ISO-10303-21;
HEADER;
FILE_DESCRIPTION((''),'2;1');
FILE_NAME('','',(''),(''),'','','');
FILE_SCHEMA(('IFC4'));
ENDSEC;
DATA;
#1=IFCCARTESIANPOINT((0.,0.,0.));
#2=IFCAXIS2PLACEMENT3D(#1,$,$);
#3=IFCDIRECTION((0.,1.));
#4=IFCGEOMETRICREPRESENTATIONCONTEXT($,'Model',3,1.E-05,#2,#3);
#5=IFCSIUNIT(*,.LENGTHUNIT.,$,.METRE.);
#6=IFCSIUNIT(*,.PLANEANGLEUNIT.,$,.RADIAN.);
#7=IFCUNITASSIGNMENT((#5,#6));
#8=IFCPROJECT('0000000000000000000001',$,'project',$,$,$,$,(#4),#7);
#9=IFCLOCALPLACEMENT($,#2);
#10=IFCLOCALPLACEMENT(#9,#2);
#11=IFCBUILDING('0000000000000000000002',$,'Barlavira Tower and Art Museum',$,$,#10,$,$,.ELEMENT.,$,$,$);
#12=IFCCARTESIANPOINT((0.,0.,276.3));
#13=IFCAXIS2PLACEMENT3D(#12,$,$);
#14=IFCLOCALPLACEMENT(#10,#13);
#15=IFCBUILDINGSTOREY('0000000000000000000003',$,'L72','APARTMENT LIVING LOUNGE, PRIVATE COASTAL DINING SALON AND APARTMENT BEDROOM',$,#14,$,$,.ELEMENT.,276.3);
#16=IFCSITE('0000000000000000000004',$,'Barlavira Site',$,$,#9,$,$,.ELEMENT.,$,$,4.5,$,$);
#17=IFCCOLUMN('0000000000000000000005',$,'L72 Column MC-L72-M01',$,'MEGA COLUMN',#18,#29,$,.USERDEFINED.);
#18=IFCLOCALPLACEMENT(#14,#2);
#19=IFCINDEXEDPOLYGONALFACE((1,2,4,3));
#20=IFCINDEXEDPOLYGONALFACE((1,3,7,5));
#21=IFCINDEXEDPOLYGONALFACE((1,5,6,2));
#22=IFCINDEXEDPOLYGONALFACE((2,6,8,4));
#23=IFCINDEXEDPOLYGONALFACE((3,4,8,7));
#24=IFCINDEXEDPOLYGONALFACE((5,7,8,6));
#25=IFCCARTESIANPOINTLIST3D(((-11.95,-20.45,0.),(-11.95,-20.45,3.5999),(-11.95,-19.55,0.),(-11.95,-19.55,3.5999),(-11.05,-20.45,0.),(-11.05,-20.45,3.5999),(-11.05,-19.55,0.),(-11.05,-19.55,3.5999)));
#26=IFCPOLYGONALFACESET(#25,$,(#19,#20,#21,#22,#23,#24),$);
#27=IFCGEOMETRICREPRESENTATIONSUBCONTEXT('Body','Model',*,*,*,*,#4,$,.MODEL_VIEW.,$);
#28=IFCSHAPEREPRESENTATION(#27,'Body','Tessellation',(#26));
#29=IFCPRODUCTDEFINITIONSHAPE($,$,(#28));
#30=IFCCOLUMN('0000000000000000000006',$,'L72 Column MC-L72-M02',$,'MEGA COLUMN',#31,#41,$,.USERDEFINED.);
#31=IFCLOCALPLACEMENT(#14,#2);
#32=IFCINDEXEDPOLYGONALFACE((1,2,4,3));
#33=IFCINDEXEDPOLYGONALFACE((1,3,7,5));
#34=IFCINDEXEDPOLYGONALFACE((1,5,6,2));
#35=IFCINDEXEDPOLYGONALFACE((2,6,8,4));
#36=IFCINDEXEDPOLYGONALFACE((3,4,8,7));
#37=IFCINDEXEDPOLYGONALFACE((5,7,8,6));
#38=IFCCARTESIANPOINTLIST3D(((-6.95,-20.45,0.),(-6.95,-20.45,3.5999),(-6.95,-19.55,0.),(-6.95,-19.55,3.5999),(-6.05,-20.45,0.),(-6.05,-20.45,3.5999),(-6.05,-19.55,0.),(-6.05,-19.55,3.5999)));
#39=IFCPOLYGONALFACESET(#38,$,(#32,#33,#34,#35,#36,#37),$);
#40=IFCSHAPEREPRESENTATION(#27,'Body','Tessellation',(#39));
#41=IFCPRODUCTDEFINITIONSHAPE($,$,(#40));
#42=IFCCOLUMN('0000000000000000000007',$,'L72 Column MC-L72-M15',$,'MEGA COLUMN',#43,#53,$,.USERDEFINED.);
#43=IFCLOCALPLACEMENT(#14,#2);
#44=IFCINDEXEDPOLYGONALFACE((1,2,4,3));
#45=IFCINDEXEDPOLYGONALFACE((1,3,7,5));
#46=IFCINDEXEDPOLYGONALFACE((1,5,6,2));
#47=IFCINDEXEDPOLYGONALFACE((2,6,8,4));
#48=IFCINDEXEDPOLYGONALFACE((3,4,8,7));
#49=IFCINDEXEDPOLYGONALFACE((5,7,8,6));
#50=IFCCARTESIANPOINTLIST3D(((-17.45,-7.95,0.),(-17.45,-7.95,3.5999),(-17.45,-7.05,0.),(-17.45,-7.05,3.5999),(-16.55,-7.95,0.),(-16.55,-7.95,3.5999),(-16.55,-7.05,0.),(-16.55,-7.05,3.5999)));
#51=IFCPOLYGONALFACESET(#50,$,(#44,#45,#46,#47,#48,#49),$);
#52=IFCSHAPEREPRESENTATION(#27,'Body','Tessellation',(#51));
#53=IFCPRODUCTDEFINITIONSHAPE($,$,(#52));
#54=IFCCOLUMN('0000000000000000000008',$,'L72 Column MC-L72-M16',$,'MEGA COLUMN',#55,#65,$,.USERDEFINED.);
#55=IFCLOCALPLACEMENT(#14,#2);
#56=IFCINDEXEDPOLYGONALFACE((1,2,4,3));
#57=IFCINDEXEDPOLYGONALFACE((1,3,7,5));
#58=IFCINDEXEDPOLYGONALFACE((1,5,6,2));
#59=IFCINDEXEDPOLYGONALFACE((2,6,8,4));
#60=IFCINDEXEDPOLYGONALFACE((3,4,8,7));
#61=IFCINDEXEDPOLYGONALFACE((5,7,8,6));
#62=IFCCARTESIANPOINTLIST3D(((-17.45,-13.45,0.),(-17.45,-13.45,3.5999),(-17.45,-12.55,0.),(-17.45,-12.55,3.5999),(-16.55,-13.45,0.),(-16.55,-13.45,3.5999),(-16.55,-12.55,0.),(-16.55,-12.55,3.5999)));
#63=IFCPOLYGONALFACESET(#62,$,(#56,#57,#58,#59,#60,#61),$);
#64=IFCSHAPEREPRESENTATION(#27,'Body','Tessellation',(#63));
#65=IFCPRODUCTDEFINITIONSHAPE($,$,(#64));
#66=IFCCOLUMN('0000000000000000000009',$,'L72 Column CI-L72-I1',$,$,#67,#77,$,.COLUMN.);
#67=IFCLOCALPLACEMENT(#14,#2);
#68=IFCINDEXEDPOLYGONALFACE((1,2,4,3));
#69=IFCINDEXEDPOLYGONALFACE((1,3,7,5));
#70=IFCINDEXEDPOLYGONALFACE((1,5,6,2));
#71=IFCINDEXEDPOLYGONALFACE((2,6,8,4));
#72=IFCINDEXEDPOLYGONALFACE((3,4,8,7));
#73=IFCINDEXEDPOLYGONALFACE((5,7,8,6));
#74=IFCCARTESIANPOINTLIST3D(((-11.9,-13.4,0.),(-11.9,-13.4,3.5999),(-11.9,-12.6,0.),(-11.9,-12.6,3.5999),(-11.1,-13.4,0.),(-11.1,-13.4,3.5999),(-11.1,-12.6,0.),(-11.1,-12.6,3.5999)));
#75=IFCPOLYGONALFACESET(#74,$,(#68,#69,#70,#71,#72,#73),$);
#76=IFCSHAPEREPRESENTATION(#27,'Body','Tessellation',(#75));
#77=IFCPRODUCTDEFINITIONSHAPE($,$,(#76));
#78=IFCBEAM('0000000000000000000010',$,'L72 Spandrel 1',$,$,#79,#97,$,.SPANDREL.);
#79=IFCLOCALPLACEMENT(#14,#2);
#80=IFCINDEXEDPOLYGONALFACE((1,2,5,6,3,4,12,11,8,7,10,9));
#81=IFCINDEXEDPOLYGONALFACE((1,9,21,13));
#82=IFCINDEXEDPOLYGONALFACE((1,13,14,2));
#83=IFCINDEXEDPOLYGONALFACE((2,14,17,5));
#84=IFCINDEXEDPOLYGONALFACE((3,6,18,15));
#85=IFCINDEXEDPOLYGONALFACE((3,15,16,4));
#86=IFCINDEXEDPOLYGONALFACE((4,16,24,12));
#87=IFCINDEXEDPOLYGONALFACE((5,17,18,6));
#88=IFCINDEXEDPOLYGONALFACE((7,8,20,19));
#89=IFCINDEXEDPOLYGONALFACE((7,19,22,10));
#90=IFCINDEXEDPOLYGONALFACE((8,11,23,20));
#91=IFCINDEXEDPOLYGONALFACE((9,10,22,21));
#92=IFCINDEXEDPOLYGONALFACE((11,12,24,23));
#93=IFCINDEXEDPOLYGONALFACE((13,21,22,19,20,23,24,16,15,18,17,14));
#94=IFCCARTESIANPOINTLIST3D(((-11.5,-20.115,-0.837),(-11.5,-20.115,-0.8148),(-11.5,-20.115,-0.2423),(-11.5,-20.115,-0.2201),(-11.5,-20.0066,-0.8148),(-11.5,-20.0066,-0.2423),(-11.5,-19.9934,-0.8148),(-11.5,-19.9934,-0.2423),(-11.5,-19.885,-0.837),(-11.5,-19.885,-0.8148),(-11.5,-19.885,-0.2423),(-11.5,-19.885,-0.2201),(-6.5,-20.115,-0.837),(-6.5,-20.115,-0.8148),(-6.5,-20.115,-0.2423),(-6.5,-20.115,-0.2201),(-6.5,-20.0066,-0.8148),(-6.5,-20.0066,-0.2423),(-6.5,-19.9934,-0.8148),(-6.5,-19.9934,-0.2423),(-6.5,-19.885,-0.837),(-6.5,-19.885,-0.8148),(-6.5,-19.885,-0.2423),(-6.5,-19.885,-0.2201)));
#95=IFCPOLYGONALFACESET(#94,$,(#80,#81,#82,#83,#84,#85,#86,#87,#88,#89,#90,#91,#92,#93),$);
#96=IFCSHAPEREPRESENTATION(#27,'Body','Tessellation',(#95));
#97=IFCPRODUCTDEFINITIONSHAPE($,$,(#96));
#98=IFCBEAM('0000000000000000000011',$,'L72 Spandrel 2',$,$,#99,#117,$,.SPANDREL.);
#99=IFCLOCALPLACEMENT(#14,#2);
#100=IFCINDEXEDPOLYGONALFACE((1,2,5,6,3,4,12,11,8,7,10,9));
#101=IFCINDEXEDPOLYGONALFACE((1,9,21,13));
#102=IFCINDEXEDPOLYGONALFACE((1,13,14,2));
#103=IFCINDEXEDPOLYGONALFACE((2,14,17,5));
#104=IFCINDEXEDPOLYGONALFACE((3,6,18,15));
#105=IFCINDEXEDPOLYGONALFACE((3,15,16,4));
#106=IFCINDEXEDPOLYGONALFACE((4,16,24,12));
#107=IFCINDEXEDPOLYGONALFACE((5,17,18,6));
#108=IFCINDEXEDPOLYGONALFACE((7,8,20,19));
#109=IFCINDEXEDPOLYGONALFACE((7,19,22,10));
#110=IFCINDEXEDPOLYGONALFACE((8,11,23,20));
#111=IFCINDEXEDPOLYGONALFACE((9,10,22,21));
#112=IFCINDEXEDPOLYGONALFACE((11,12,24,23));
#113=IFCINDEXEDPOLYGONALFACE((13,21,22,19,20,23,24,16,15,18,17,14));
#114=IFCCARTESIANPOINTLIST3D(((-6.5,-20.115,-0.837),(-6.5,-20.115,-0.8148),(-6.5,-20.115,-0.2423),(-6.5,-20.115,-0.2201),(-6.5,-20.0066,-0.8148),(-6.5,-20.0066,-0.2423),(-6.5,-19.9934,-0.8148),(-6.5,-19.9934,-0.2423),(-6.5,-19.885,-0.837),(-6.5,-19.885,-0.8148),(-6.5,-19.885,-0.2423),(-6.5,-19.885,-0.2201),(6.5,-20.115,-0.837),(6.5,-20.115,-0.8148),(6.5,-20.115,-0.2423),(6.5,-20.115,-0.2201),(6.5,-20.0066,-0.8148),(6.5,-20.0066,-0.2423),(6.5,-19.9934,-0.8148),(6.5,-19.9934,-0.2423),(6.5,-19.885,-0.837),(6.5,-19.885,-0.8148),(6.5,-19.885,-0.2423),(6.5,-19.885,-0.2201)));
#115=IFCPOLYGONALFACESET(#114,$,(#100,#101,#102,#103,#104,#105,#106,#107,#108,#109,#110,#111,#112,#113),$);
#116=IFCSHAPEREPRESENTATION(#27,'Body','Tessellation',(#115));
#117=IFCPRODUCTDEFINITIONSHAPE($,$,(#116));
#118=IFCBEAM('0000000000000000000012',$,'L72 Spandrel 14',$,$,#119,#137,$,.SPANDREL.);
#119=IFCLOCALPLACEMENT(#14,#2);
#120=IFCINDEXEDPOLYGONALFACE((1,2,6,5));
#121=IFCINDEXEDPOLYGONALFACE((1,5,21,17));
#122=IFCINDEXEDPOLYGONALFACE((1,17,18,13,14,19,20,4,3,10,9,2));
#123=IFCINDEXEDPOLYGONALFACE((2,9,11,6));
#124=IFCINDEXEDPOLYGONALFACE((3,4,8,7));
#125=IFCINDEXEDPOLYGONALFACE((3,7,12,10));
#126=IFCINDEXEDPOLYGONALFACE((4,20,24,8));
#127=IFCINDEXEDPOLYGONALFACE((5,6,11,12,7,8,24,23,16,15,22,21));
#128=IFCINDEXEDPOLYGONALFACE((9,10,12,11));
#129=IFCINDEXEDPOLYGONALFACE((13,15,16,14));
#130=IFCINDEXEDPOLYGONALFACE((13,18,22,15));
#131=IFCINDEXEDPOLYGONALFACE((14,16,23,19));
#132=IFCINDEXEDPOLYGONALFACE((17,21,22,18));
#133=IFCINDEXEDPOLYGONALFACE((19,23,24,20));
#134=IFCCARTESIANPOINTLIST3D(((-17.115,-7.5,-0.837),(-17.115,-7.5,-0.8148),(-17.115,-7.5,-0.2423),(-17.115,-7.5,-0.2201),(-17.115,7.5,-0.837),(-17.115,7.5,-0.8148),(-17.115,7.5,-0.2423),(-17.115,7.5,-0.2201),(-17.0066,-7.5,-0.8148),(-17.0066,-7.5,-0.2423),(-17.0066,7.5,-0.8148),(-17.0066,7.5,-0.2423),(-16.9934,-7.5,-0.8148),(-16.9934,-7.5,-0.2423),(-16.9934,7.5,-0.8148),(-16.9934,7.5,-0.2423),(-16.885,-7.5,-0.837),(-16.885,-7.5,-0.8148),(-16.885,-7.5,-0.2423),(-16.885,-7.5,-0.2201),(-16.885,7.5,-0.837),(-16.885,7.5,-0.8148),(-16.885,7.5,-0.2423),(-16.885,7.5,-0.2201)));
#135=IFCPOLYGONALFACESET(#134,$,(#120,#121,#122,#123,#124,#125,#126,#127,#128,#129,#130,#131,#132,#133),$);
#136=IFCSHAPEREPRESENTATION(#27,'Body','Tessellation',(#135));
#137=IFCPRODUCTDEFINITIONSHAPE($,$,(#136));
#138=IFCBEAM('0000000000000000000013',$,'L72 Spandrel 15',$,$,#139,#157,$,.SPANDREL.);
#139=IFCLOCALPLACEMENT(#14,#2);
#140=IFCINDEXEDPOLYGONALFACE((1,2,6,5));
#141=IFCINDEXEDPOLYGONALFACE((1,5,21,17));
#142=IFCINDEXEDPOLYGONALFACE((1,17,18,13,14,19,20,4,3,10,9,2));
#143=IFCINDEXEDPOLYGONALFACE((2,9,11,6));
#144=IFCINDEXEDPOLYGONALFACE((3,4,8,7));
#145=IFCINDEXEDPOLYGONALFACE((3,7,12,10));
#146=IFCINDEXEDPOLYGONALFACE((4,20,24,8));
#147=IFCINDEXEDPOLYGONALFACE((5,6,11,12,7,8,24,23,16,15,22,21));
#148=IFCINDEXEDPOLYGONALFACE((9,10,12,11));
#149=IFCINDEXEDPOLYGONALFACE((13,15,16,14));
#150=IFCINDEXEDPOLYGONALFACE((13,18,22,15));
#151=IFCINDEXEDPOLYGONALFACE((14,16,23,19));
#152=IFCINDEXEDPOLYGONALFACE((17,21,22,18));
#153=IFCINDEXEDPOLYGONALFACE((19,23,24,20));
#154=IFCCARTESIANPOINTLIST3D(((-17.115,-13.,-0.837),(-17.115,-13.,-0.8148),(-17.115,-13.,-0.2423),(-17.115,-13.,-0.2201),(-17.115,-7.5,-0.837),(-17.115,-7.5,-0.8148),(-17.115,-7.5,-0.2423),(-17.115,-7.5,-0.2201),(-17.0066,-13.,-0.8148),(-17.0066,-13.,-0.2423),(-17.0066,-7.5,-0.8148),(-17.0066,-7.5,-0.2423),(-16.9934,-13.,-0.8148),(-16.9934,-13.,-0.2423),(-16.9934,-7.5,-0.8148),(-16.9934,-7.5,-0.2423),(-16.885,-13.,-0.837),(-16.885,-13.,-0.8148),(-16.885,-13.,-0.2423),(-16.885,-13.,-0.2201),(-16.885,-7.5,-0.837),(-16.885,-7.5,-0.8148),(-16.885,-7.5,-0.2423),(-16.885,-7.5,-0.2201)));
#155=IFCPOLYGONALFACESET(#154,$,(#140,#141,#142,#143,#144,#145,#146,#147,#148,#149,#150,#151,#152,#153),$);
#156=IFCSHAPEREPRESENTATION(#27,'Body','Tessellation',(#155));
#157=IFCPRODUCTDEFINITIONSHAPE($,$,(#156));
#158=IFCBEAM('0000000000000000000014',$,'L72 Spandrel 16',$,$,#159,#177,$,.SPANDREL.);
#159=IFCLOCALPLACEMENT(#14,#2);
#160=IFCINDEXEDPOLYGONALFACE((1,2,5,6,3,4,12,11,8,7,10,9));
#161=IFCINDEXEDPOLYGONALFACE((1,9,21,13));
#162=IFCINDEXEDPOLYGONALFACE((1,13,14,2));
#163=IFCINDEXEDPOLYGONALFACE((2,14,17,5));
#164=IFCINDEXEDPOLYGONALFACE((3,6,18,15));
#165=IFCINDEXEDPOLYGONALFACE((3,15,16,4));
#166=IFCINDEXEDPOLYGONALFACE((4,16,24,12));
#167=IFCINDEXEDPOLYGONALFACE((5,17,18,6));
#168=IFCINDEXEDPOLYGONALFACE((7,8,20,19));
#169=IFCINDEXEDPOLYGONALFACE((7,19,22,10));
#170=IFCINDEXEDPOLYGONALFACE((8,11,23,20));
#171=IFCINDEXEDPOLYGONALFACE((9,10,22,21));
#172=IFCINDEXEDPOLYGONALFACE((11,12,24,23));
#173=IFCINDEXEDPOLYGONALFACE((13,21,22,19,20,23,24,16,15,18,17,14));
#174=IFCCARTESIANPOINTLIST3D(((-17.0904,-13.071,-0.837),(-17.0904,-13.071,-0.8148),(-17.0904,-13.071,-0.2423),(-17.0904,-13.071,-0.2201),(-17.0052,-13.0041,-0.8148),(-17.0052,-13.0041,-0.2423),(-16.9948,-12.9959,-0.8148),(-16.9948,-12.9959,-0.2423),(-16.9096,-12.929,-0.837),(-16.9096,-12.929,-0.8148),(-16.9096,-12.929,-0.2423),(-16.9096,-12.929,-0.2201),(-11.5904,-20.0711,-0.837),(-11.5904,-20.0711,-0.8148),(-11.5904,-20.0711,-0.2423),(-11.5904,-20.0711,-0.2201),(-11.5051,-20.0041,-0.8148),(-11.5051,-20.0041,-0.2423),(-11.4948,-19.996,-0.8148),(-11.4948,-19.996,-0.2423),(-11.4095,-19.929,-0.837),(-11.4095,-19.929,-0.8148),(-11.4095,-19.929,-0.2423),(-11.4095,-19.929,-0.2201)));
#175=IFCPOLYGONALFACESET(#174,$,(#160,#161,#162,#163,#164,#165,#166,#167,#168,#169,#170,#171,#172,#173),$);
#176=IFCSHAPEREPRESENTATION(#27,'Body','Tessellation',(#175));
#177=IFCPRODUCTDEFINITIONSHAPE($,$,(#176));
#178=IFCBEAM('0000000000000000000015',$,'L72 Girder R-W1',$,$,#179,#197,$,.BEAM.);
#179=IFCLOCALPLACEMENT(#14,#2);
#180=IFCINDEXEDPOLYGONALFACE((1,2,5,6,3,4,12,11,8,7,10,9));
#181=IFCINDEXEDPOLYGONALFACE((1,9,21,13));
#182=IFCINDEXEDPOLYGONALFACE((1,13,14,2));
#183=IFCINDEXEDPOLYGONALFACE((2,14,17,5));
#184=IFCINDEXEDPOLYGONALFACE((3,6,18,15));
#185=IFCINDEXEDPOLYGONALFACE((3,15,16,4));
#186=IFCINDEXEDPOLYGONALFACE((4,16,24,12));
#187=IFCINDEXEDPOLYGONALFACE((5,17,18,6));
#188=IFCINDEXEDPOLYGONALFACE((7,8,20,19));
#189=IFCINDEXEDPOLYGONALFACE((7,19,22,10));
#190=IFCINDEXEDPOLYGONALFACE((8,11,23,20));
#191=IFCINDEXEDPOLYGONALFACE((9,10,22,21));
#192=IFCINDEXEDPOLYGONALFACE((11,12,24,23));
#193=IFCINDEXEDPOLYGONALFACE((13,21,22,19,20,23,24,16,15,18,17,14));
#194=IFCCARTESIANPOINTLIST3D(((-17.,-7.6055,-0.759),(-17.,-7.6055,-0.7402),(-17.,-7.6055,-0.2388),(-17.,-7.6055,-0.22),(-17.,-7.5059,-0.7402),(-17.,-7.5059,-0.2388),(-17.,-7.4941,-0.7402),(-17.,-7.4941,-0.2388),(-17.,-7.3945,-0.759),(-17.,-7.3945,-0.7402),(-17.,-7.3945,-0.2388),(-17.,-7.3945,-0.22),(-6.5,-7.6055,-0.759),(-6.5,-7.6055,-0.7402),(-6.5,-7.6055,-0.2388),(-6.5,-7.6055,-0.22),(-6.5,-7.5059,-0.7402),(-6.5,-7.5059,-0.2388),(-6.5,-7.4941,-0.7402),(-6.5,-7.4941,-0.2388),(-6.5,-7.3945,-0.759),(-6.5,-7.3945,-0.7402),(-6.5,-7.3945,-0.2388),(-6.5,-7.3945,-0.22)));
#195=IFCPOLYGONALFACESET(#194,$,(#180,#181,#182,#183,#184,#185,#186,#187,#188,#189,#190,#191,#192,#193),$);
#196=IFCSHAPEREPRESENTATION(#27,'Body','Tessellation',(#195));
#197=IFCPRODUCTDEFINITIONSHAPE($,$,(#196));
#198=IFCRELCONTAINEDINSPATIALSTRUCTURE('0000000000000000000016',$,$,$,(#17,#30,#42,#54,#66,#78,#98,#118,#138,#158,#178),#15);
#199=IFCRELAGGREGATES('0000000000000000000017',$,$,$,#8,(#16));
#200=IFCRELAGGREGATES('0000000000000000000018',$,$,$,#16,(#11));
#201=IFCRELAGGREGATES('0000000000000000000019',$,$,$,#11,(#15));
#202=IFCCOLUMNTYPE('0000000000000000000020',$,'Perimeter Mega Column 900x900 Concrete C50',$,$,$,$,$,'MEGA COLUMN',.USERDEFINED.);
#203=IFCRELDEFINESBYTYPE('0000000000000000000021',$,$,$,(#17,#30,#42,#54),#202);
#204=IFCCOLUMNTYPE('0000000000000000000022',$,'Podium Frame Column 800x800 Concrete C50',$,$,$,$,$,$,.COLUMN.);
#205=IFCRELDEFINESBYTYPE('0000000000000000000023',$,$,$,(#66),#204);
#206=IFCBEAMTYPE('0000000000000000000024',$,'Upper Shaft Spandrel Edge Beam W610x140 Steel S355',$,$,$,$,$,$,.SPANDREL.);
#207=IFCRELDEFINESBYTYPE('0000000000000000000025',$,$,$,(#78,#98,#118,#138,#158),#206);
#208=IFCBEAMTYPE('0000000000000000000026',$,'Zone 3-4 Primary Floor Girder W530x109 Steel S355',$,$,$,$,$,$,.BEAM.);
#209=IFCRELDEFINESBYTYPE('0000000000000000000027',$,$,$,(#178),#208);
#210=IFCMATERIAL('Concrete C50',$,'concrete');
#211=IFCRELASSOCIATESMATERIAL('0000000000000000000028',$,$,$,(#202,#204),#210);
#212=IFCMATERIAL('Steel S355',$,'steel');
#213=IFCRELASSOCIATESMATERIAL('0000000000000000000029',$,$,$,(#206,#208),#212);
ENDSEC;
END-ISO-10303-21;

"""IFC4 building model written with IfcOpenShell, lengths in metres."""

from ifc_helpers import new_model, si_unit, direction, frame, origin, origin_2d, place, context, subcontext, project, spatial, rectangle, i_section, extrude, material, material_profile, profile_set, type_object, element, save


model = new_model("IFC4")

# Units and contexts
model_context = context("Model", 3, precision=1e-05, world=origin(), true_north=direction((0.0, 1.0)))
body_context = subcontext(model_context, "Body", "Model", "MODEL_VIEW")
ifc_project = project(units=[si_unit("LENGTHUNIT", "METRE"), si_unit("PLANEANGLEUNIT", "RADIAN")], contexts=[model_context])

# Site, building, storey
site_placement = place(None, origin())
site = spatial("IfcSite", under=ifc_project, at=site_placement, Name="Barlavira Site", CompositionType="ELEMENT", RefElevation=4.5)
building_placement = place(site_placement, origin())
building = spatial("IfcBuilding", under=site, at=building_placement, Name="Barlavira Tower and Art Museum", CompositionType="ELEMENT")
storey_placement = place(building_placement, frame((0.0, 0.0, 276.3)))
storey = spatial("IfcBuildingStorey", under=building, at=storey_placement, Name="L72", Description="APARTMENT LIVING LOUNGE, PRIVATE COASTAL DINING SALON AND APARTMENT BEDROOM", CompositionType="ELEMENT", Elevation=276.3)

# Columns
ifc_material_1 = material(Name="Concrete C50", Category="concrete")
ifc_material_profile_1 = material_profile(ifc_material_1, rectangle(XDim=0.8999, YDim=0.8999, at=origin_2d()), Name="RC-COL 900x900")
ifc_profile_set_1 = profile_set([ifc_material_profile_1], Name="Concrete C50")
column_type_1 = type_object("IfcColumnType", Name="Perimeter Mega Column 900x900 Concrete C50", ElementType="MEGA COLUMN", PredefinedType="USERDEFINED", material=ifc_profile_set_1)
for number, where, z_axis, x_axis, name in (
    (1, (-11.5, -20.0, 0.0), (0.0, 0.0, 1.0), (1.0, 0.0, 0.0), "L72 Column MC-L72-M01"),
    (2, (-6.5, -20.0, 0.0), (0.0, 0.0, 1.0), (1.0, 0.0, 0.0), "L72 Column MC-L72-M02"),
    (3, (-17.0, -7.5, 0.0), (0.0, 0.0, 1.0), (1.0, 0.0, 0.0), "L72 Column MC-L72-M15"),
    (4, (-17.0, -13.0, 0.0), (0.0, 0.0, 1.0), (1.0, 0.0, 0.0), "L72 Column MC-L72-M16"),
):
    element("IfcColumn", number, at=place(storey_placement, frame(where, z_axis=z_axis, x_axis=x_axis)), inside=storey, type_object=column_type_1, Name=name, ObjectType="MEGA COLUMN", PredefinedType="USERDEFINED", context=body_context, shape_type="SweptSolid", body=[
        extrude(rectangle(XDim=0.8999, YDim=0.8999, at=origin_2d()), origin(), (0.0, 0.0, 1.0), 3.5999),
    ])
ifc_material_profile_2 = material_profile(ifc_material_1, rectangle(XDim=0.8, YDim=0.8, at=origin_2d()), Name="RC-COL 800x800")
ifc_profile_set_2 = profile_set([ifc_material_profile_2], Name="Concrete C50")
column_type_2 = type_object("IfcColumnType", Name="Podium Frame Column 800x800 Concrete C50", PredefinedType="COLUMN", material=ifc_profile_set_2)
column_placement = place(storey_placement, frame((-11.5, -13.0, 0.0), z_axis=(0.0, 0.0, 1.0), x_axis=(1.0, 0.0, 0.0)))
element("IfcColumn", 5, at=column_placement, inside=storey, type_object=column_type_2, Name="L72 Column CI-L72-I1", PredefinedType="COLUMN", context=body_context, shape_type="SweptSolid", body=[
    extrude(rectangle(XDim=0.8, YDim=0.8, at=origin_2d()), origin(), (0.0, 0.0, 1.0), 3.5999),
])

# Beams
ifc_material_2 = material(Name="Steel S355", Category="steel")
ifc_material_profile_3 = material_profile(ifc_material_2, i_section(OverallWidth=0.23, OverallDepth=0.6169, WebThickness=0.0132, FlangeThickness=0.0222, at=origin_2d()), Name="W610x140.0")
ifc_profile_set_3 = profile_set([ifc_material_profile_3], Name="Steel S355")
beam_type_1 = type_object("IfcBeamType", Name="Upper Shaft Spandrel Edge Beam W610x140 Steel S355", PredefinedType="SPANDREL", material=ifc_profile_set_3)
beam_1_placement = place(storey_placement, frame((-11.5, -20.0, -0.5286), z_axis=(1.0, 0.0, 0.0), x_axis=(0.0, 1.0, 0.0)))
element("IfcBeam", 6, at=beam_1_placement, inside=storey, type_object=beam_type_1, Name="L72 Spandrel 1", PredefinedType="SPANDREL", context=body_context, shape_type="SweptSolid", body=[
    extrude(i_section(OverallWidth=0.23, OverallDepth=0.6169, WebThickness=0.0132, FlangeThickness=0.0222, at=origin_2d()), origin(), (0.0, 0.0, 1.0), 5.0),
])
beam_2_placement = place(storey_placement, frame((-6.5, -20.0, -0.5286), z_axis=(1.0, 0.0, 0.0), x_axis=(0.0, 1.0, 0.0)))
element("IfcBeam", 7, at=beam_2_placement, inside=storey, type_object=beam_type_1, Name="L72 Spandrel 2", PredefinedType="SPANDREL", context=body_context, shape_type="SweptSolid", body=[
    extrude(i_section(OverallWidth=0.23, OverallDepth=0.6169, WebThickness=0.0132, FlangeThickness=0.0222, at=origin_2d()), origin(), (0.0, 0.0, 1.0), 13.0),
])
beam_3_placement = place(storey_placement, frame((-17.0, -7.5, -0.5286), z_axis=(0.0, 1.0, 0.0), x_axis=(-1.0, 0.0, 0.0)))
element("IfcBeam", 8, at=beam_3_placement, inside=storey, type_object=beam_type_1, Name="L72 Spandrel 14", PredefinedType="SPANDREL", context=body_context, shape_type="SweptSolid", body=[
    extrude(i_section(OverallWidth=0.23, OverallDepth=0.6169, WebThickness=0.0132, FlangeThickness=0.0222, at=origin_2d()), origin(), (0.0, 0.0, 1.0), 15.0),
])
beam_4_placement = place(storey_placement, frame((-17.0, -13.0, -0.5286), z_axis=(0.0, 1.0, 0.0), x_axis=(-1.0, 0.0, 0.0)))
element("IfcBeam", 9, at=beam_4_placement, inside=storey, type_object=beam_type_1, Name="L72 Spandrel 15", PredefinedType="SPANDREL", context=body_context, shape_type="SweptSolid", body=[
    extrude(i_section(OverallWidth=0.23, OverallDepth=0.6169, WebThickness=0.0132, FlangeThickness=0.0222, at=origin_2d()), origin(), (0.0, 0.0, 1.0), 5.5),
])
beam_5_placement = place(storey_placement, frame((-17.0, -13.0, -0.5286), z_axis=(0.617822, -0.786318, 0.0), x_axis=(0.786318, 0.617822, 0.0)))
element("IfcBeam", 10, at=beam_5_placement, inside=storey, type_object=beam_type_1, Name="L72 Spandrel 16", PredefinedType="SPANDREL", context=body_context, shape_type="SweptSolid", body=[
    extrude(i_section(OverallWidth=0.23, OverallDepth=0.6169, WebThickness=0.0132, FlangeThickness=0.0222, at=origin_2d()), origin(), (0.0, 0.0, 1.0), 8.9023),
])
ifc_material_profile_4 = material_profile(ifc_material_2, i_section(OverallWidth=0.2109, OverallDepth=0.5391, WebThickness=0.0117, FlangeThickness=0.0188, at=origin_2d()), Name="W530x109.0")
ifc_profile_set_4 = profile_set([ifc_material_profile_4], Name="Steel S355")
beam_type_2 = type_object("IfcBeamType", Name="Zone 3-4 Primary Floor Girder W530x109 Steel S355", PredefinedType="BEAM", material=ifc_profile_set_4)
beam_6_placement = place(storey_placement, frame((-17.0, -7.5, -0.4895), z_axis=(1.0, 0.0, 0.0), x_axis=(0.0, 1.0, 0.0)))
element("IfcBeam", 11, at=beam_6_placement, inside=storey, type_object=beam_type_2, Name="L72 Girder R-W1", PredefinedType="BEAM", context=body_context, shape_type="SweptSolid", body=[
    extrude(i_section(OverallWidth=0.2109, OverallDepth=0.5391, WebThickness=0.0117, FlangeThickness=0.0188, at=origin_2d()), origin(), (0.0, 0.0, 1.0), 10.5),
])

save(model, "model.ifc")
